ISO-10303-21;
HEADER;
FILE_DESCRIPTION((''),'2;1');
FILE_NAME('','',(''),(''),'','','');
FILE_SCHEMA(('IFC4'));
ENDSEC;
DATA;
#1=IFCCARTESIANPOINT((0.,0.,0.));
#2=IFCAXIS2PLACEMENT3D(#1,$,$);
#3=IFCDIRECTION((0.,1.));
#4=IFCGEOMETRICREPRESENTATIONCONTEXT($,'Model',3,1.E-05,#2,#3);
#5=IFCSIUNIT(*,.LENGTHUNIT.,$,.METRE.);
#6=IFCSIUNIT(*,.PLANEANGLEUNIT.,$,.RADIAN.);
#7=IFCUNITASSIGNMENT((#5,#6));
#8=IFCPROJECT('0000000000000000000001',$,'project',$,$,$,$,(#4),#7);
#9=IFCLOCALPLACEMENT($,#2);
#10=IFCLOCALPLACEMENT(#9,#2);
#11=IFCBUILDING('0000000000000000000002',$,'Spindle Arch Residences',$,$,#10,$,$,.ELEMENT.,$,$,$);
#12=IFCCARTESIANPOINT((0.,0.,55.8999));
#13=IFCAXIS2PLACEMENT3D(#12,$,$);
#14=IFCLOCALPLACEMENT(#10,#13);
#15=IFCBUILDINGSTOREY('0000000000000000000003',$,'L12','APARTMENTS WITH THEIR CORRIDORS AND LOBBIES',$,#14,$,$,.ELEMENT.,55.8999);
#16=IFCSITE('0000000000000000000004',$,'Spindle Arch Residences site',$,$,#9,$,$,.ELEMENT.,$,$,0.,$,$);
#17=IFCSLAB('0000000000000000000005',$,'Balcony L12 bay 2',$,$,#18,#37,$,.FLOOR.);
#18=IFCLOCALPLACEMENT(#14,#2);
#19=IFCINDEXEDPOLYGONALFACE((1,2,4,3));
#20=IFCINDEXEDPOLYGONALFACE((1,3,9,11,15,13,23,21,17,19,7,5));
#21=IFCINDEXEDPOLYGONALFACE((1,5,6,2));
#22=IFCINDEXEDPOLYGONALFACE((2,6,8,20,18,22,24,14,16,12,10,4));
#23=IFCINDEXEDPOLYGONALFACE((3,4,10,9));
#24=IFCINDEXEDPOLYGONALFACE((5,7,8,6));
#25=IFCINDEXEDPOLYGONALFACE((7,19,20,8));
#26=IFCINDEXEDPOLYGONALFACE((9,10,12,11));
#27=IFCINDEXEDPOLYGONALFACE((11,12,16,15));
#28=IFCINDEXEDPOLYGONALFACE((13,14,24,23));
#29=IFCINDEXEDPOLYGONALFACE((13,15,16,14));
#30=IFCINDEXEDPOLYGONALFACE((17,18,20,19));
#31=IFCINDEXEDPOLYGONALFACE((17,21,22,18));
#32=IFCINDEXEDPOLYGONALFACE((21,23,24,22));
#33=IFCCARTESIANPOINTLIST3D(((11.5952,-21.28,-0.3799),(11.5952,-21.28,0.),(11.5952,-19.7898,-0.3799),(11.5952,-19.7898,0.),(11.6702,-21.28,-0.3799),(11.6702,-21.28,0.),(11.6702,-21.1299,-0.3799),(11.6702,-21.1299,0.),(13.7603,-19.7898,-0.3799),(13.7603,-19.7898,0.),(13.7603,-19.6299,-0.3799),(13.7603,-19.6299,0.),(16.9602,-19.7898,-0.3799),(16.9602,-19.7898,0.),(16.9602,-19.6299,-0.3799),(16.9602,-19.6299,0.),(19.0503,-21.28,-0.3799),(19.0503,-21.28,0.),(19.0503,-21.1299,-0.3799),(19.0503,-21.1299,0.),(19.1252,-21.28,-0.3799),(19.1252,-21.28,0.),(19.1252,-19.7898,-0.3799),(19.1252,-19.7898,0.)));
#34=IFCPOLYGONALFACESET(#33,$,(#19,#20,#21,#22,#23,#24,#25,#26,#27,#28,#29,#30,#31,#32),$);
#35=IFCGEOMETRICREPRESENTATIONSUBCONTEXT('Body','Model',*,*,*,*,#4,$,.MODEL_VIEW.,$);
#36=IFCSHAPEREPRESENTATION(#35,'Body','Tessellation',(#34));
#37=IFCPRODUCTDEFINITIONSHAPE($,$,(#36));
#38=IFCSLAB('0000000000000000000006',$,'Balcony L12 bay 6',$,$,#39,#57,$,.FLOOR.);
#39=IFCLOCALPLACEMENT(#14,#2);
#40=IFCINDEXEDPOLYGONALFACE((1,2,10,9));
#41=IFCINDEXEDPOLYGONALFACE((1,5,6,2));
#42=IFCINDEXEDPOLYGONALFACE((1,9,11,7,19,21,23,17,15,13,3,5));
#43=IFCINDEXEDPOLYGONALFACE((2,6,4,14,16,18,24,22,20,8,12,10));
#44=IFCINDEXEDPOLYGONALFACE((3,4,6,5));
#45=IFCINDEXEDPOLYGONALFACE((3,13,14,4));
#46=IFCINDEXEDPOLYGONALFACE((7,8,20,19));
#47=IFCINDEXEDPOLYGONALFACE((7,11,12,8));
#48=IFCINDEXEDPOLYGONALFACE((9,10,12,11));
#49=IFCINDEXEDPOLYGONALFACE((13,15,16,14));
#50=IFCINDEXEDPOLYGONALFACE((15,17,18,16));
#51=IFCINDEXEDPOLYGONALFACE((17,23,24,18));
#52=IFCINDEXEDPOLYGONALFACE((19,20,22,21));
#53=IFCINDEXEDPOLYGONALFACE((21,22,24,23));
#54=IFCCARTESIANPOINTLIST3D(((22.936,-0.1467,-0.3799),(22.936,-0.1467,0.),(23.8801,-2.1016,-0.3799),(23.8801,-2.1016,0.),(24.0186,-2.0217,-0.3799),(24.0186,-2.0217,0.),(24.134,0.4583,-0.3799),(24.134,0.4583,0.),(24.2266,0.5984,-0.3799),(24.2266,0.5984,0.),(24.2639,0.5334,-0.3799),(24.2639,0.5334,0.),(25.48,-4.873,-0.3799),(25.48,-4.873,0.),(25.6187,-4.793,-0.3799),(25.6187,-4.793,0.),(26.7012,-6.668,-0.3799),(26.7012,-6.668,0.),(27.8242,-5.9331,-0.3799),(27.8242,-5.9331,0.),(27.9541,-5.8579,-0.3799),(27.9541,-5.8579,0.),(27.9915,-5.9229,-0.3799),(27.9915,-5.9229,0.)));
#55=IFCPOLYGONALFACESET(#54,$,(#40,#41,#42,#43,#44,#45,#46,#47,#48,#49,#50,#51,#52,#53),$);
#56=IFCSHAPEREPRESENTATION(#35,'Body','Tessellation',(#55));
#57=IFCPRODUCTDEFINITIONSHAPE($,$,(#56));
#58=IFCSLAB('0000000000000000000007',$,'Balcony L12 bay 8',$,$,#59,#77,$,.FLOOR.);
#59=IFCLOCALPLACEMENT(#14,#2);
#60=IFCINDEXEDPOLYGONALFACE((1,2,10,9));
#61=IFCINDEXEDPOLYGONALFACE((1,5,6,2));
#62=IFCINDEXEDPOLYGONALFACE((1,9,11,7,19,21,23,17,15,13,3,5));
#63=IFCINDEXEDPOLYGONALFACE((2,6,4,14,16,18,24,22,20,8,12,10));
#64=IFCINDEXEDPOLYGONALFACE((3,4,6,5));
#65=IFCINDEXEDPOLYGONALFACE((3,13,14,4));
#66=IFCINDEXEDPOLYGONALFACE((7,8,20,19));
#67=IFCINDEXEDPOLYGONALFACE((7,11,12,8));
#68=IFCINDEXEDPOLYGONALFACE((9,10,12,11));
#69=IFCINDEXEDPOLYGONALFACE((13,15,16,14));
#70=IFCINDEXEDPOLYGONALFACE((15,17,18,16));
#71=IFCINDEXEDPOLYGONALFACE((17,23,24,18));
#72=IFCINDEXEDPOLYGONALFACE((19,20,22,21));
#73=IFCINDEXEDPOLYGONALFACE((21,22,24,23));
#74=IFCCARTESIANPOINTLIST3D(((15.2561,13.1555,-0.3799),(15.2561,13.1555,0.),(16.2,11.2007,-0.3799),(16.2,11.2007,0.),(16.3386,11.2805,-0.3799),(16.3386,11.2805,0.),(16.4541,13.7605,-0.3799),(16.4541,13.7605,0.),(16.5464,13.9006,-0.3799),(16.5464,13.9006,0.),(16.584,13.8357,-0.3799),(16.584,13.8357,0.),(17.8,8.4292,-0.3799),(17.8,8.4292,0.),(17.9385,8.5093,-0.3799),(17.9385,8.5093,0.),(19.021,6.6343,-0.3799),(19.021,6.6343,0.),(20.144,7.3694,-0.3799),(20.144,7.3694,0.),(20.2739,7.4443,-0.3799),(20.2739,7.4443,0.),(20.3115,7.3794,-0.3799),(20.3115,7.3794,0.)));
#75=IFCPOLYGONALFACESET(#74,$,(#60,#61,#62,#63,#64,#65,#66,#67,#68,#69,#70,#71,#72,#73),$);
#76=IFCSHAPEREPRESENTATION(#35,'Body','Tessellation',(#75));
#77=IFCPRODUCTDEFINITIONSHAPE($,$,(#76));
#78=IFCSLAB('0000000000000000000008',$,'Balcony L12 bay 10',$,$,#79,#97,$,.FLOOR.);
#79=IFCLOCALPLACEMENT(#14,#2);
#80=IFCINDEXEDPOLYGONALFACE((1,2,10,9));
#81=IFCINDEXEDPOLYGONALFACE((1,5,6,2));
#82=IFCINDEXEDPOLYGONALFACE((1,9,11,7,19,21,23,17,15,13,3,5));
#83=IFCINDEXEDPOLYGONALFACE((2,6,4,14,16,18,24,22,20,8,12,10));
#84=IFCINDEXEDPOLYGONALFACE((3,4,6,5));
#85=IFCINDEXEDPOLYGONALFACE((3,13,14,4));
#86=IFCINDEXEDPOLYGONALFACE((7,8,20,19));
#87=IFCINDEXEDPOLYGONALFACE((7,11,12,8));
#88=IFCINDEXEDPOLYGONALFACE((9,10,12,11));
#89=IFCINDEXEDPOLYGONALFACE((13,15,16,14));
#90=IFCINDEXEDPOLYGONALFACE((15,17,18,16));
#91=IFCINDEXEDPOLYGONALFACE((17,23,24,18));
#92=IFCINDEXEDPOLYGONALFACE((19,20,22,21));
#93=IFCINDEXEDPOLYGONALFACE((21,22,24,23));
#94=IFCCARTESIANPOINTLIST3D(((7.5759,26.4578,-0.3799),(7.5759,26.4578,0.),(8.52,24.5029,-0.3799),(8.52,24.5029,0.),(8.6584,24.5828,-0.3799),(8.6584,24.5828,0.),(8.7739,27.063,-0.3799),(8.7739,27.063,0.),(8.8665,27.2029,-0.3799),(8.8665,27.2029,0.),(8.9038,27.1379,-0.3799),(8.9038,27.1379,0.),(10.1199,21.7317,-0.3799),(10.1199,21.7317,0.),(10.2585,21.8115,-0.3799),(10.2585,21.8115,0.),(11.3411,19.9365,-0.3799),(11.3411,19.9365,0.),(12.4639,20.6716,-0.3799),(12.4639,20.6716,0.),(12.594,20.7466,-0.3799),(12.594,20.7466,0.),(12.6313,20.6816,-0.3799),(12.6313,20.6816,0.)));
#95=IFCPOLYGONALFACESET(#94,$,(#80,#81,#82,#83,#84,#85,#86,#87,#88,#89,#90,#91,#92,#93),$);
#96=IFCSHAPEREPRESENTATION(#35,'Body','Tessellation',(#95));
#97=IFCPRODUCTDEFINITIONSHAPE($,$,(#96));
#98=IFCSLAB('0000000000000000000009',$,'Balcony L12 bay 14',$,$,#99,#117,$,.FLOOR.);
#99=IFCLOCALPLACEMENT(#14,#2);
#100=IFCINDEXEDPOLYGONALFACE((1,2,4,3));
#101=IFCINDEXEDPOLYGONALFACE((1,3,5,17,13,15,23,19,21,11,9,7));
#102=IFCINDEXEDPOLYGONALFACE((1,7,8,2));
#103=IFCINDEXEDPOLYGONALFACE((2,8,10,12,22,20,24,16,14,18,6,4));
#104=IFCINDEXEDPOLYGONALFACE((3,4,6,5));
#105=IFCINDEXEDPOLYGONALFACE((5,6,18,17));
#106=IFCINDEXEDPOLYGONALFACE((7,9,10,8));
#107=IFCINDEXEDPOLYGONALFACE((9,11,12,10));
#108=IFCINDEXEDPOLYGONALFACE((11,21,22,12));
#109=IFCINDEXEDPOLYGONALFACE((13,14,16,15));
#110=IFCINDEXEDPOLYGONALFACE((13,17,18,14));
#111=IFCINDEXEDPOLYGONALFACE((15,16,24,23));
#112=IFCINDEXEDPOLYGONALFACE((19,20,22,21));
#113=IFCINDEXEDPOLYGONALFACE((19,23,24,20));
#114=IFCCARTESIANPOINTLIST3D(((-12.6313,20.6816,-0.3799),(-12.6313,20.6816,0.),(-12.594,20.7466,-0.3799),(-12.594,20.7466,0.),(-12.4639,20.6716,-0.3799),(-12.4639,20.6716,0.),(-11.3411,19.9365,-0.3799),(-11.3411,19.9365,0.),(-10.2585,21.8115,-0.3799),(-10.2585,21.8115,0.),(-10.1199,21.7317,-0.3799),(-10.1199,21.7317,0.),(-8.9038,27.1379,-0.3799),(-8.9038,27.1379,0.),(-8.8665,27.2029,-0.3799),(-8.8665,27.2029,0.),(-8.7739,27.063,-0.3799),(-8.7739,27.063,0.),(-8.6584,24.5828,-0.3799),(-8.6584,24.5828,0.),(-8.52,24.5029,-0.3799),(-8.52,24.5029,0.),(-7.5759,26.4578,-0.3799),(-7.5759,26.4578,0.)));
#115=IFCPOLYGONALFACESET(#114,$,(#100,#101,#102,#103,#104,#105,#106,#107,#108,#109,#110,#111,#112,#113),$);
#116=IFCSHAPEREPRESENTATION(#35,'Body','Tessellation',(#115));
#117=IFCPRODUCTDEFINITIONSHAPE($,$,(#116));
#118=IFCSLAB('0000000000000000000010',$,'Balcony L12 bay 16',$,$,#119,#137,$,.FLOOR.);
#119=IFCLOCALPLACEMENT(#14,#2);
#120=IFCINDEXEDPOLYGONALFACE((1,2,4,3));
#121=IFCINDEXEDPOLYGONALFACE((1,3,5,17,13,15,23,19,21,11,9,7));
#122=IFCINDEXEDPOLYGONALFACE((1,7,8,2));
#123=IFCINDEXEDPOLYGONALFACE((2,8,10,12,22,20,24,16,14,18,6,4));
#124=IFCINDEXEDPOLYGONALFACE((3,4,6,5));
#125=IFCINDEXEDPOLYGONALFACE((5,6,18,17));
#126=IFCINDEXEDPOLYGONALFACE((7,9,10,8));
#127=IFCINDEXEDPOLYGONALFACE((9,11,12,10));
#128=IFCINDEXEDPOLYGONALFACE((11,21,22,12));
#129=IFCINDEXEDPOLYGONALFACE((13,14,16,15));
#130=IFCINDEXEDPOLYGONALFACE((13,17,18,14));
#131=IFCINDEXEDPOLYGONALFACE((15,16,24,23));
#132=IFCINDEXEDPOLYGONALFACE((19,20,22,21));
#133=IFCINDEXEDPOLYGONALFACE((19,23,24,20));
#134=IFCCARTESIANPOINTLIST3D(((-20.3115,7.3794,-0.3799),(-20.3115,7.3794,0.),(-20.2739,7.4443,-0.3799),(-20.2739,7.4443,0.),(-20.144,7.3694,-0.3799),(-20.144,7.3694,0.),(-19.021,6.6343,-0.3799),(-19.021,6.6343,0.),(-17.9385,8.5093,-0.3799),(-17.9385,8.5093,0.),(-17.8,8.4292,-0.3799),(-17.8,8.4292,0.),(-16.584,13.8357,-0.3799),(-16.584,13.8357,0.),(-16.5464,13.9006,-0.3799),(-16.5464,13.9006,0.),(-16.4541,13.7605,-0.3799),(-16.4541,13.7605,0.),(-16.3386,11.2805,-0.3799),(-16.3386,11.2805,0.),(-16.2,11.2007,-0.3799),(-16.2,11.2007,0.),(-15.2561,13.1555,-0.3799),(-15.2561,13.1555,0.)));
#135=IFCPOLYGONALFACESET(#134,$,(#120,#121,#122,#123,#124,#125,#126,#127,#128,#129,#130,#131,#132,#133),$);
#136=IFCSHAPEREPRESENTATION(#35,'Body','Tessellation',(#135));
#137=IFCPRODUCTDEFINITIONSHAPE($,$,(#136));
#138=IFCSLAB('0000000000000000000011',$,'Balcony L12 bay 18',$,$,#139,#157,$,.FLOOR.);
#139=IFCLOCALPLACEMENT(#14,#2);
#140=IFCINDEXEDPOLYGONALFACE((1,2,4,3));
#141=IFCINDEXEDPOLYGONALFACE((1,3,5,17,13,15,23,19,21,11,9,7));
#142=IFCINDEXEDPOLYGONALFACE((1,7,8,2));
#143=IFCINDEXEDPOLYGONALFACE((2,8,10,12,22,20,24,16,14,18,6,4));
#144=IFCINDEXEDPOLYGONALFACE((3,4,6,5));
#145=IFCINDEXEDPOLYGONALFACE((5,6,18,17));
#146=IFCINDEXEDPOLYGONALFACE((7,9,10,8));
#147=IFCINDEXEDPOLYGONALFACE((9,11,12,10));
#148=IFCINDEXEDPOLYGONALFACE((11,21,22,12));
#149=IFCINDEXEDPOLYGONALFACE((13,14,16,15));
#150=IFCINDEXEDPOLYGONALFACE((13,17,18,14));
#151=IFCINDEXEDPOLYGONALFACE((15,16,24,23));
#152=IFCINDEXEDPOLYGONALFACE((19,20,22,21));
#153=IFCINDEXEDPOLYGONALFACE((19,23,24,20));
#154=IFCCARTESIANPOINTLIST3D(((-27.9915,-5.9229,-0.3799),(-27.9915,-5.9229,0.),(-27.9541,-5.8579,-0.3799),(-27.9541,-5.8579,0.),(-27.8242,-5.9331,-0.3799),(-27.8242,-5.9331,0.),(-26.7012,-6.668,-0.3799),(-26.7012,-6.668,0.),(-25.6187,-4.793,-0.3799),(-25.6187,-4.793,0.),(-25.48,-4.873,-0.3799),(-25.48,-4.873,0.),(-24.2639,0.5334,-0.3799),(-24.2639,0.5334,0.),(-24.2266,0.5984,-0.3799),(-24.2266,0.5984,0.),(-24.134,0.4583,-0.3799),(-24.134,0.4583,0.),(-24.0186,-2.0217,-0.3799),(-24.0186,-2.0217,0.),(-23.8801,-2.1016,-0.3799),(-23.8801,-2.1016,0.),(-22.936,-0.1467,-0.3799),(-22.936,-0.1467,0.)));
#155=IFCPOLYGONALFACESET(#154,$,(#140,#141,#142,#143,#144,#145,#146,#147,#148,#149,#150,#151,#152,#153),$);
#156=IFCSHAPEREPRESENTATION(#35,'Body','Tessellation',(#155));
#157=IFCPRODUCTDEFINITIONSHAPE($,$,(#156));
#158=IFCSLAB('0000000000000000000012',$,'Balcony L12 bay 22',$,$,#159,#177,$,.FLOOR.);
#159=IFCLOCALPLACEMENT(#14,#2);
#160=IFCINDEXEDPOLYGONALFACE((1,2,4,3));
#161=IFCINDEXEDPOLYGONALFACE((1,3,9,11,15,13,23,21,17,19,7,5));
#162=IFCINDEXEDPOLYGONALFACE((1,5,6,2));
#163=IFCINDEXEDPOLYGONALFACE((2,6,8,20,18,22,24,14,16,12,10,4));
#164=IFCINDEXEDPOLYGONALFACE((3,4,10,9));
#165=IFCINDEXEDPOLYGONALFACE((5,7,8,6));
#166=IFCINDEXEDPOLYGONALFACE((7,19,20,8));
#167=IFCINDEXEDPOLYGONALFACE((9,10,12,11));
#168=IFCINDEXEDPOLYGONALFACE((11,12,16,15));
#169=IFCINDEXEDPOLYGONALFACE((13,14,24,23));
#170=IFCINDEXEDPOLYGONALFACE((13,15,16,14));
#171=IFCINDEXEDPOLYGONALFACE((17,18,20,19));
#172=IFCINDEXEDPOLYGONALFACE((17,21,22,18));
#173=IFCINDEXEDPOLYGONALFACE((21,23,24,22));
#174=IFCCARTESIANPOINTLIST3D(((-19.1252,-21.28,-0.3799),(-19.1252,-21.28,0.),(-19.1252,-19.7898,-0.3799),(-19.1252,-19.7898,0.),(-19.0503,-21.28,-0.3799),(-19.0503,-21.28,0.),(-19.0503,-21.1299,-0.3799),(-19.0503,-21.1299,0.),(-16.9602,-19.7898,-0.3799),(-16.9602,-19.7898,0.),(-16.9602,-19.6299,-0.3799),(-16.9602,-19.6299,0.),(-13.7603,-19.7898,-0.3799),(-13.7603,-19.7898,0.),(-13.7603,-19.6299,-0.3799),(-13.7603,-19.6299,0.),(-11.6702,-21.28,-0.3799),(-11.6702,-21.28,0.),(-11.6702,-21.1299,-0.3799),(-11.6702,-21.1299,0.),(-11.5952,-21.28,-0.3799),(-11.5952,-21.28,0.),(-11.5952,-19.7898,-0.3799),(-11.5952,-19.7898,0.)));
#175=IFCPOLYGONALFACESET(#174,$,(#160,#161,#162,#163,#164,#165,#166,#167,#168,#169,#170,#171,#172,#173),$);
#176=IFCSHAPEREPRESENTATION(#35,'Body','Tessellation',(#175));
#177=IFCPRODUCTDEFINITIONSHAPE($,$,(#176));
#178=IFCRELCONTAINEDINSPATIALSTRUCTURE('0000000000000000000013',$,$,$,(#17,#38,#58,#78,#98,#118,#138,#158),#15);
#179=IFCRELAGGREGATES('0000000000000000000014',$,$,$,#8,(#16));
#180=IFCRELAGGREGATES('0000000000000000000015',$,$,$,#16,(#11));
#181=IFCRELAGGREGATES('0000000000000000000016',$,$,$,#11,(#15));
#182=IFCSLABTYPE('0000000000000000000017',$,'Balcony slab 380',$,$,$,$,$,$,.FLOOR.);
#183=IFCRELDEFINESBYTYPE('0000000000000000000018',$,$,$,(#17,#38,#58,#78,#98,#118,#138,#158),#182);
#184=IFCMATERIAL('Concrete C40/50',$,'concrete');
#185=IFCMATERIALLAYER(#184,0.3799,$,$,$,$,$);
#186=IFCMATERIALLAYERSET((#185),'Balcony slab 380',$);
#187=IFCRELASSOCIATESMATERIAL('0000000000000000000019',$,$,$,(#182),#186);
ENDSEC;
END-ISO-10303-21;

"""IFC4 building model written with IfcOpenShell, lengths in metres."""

from ifc_helpers import new_model, si_unit, direction, frame, origin, place, context, subcontext, project, spatial, polyline, outline, extrude, material, layer, layer_set, type_object, element, save


model = new_model("IFC4")

# Units and contexts
model_context = context("Model", 3, precision=1e-05, world=origin(), true_north=direction((0.0, 1.0)))
body_context = subcontext(model_context, "Body", "Model", "MODEL_VIEW")
ifc_project = project(units=[si_unit("LENGTHUNIT", "METRE"), si_unit("PLANEANGLEUNIT", "RADIAN")], contexts=[model_context])

# Site, building, storey
site_placement = place(None, origin())
site = spatial("IfcSite", under=ifc_project, at=site_placement, Name="Spindle Arch Residences site", CompositionType="ELEMENT", RefElevation=0.0)
building_placement = place(site_placement, origin())
building = spatial("IfcBuilding", under=site, at=building_placement, Name="Spindle Arch Residences", CompositionType="ELEMENT")
storey_placement = place(building_placement, frame((0.0, 0.0, 55.8999)))
storey = spatial("IfcBuildingStorey", under=building, at=storey_placement, Name="L12", Description="APARTMENTS WITH THEIR CORRIDORS AND LOBBIES", CompositionType="ELEMENT", Elevation=55.8999)

# Slabs
ifc_material_1 = material(Name="Concrete C40/50", Category="concrete")
ifc_layer_1 = layer(ifc_material_1, 0.3799)
ifc_layer_set_1 = layer_set([ifc_layer_1], Name="Balcony slab 380")
slab_type_1 = type_object("IfcSlabType", Name="Balcony slab 380", PredefinedType="FLOOR", material=ifc_layer_set_1)
slab_1_placement = place(storey_placement, frame((0.0, 0.0, -0.3799)))
element("IfcSlab", 1, at=slab_1_placement, inside=storey, type_object=slab_type_1, Name="Balcony L12 bay 2", PredefinedType="FLOOR", context=body_context, shape_type="SweptSolid", body=[
    extrude(outline(polyline([(11.5952, -21.28), (11.6702, -21.28), (11.6702, -21.1299), (19.0503, -21.1299), (19.0503, -21.28), (19.1252, -21.28), (19.1252, -19.7898), (16.9602, -19.7898), (16.9602, -19.6299), (13.7603, -19.6299), (13.7603, -19.7898), (11.5952, -19.7898), (11.5952, -21.28)])), origin(), (0.0, 0.0, 1.0), 0.3799),
])
slab_2_placement = place(storey_placement, frame((0.0, 0.0, -0.3799)))
element("IfcSlab", 2, at=slab_2_placement, inside=storey, type_object=slab_type_1, Name="Balcony L12 bay 6", PredefinedType="FLOOR", context=body_context, shape_type="SweptSolid", body=[
    extrude(outline(polyline([(27.9915, -5.9229), (27.9541, -5.8579), (27.8242, -5.9331), (24.134, 0.4583), (24.2639, 0.5334), (24.2266, 0.5984), (22.936, -0.1467), (24.0186, -2.0217), (23.8801, -2.1016), (25.48, -4.873), (25.6187, -4.793), (26.7012, -6.668), (27.9915, -5.9229)])), origin(), (0.0, 0.0, 1.0), 0.3799),
])
slab_3_placement = place(storey_placement, frame((0.0, 0.0, -0.3799)))
element("IfcSlab", 3, at=slab_3_placement, inside=storey, type_object=slab_type_1, Name="Balcony L12 bay 8", PredefinedType="FLOOR", context=body_context, shape_type="SweptSolid", body=[
    extrude(outline(polyline([(20.3115, 7.3794), (20.2739, 7.4443), (20.144, 7.3694), (16.4541, 13.7605), (16.584, 13.8357), (16.5464, 13.9006), (15.2561, 13.1555), (16.3386, 11.2805), (16.2, 11.2007), (17.8, 8.4292), (17.9385, 8.5093), (19.021, 6.6343), (20.3115, 7.3794)])), origin(), (0.0, 0.0, 1.0), 0.3799),
])
slab_4_placement = place(storey_placement, frame((0.0, 0.0, -0.3799)))
element("IfcSlab", 4, at=slab_4_placement, inside=storey, type_object=slab_type_1, Name="Balcony L12 bay 10", PredefinedType="FLOOR", context=body_context, shape_type="SweptSolid", body=[
    extrude(outline(polyline([(12.6313, 20.6816), (12.594, 20.7466), (12.4639, 20.6716), (8.7739, 27.063), (8.9038, 27.1379), (8.8665, 27.2029), (7.5759, 26.4578), (8.6584, 24.5828), (8.52, 24.5029), (10.1199, 21.7317), (10.2585, 21.8115), (11.3411, 19.9365), (12.6313, 20.6816)])), origin(), (0.0, 0.0, 1.0), 0.3799),
])
slab_5_placement = place(storey_placement, frame((0.0, 0.0, -0.3799)))
element("IfcSlab", 5, at=slab_5_placement, inside=storey, type_object=slab_type_1, Name="Balcony L12 bay 14", PredefinedType="FLOOR", context=body_context, shape_type="SweptSolid", body=[
    extrude(outline(polyline([(-8.8665, 27.2029), (-8.9038, 27.1379), (-8.7739, 27.063), (-12.4639, 20.6716), (-12.594, 20.7466), (-12.6313, 20.6816), (-11.3411, 19.9365), (-10.2585, 21.8115), (-10.1199, 21.7317), (-8.52, 24.5029), (-8.6584, 24.5828), (-7.5759, 26.4578), (-8.8665, 27.2029)])), origin(), (0.0, 0.0, 1.0), 0.3799),
])
slab_6_placement = place(storey_placement, frame((0.0, 0.0, -0.3799)))
element("IfcSlab", 6, at=slab_6_placement, inside=storey, type_object=slab_type_1, Name="Balcony L12 bay 16", PredefinedType="FLOOR", context=body_context, shape_type="SweptSolid", body=[
    extrude(outline(polyline([(-16.5464, 13.9006), (-16.584, 13.8357), (-16.4541, 13.7605), (-20.144, 7.3694), (-20.2739, 7.4443), (-20.3115, 7.3794), (-19.021, 6.6343), (-17.9385, 8.5093), (-17.8, 8.4292), (-16.2, 11.2007), (-16.3386, 11.2805), (-15.2561, 13.1555), (-16.5464, 13.9006)])), origin(), (0.0, 0.0, 1.0), 0.3799),
])
slab_7_placement = place(storey_placement, frame((0.0, 0.0, -0.3799)))
element("IfcSlab", 7, at=slab_7_placement, inside=storey, type_object=slab_type_1, Name="Balcony L12 bay 18", PredefinedType="FLOOR", context=body_context, shape_type="SweptSolid", body=[
    extrude(outline(polyline([(-24.2266, 0.5984), (-24.2639, 0.5334), (-24.134, 0.4583), (-27.8242, -5.9331), (-27.9541, -5.8579), (-27.9915, -5.9229), (-26.7012, -6.668), (-25.6187, -4.793), (-25.48, -4.873), (-23.8801, -2.1016), (-24.0186, -2.0217), (-22.936, -0.1467), (-24.2266, 0.5984)])), origin(), (0.0, 0.0, 1.0), 0.3799),
])
slab_8_placement = place(storey_placement, frame((0.0, 0.0, -0.3799)))
element("IfcSlab", 8, at=slab_8_placement, inside=storey, type_object=slab_type_1, Name="Balcony L12 bay 22", PredefinedType="FLOOR", context=body_context, shape_type="SweptSolid", body=[
    extrude(outline(polyline([(-19.1252, -21.28), (-19.0503, -21.28), (-19.0503, -21.1299), (-11.6702, -21.1299), (-11.6702, -21.28), (-11.5952, -21.28), (-11.5952, -19.7898), (-13.7603, -19.7898), (-13.7603, -19.6299), (-16.9602, -19.6299), (-16.9602, -19.7898), (-19.1252, -19.7898), (-19.1252, -21.28)])), origin(), (0.0, 0.0, 1.0), 0.3799),
])

save(model, "model.ifc")
